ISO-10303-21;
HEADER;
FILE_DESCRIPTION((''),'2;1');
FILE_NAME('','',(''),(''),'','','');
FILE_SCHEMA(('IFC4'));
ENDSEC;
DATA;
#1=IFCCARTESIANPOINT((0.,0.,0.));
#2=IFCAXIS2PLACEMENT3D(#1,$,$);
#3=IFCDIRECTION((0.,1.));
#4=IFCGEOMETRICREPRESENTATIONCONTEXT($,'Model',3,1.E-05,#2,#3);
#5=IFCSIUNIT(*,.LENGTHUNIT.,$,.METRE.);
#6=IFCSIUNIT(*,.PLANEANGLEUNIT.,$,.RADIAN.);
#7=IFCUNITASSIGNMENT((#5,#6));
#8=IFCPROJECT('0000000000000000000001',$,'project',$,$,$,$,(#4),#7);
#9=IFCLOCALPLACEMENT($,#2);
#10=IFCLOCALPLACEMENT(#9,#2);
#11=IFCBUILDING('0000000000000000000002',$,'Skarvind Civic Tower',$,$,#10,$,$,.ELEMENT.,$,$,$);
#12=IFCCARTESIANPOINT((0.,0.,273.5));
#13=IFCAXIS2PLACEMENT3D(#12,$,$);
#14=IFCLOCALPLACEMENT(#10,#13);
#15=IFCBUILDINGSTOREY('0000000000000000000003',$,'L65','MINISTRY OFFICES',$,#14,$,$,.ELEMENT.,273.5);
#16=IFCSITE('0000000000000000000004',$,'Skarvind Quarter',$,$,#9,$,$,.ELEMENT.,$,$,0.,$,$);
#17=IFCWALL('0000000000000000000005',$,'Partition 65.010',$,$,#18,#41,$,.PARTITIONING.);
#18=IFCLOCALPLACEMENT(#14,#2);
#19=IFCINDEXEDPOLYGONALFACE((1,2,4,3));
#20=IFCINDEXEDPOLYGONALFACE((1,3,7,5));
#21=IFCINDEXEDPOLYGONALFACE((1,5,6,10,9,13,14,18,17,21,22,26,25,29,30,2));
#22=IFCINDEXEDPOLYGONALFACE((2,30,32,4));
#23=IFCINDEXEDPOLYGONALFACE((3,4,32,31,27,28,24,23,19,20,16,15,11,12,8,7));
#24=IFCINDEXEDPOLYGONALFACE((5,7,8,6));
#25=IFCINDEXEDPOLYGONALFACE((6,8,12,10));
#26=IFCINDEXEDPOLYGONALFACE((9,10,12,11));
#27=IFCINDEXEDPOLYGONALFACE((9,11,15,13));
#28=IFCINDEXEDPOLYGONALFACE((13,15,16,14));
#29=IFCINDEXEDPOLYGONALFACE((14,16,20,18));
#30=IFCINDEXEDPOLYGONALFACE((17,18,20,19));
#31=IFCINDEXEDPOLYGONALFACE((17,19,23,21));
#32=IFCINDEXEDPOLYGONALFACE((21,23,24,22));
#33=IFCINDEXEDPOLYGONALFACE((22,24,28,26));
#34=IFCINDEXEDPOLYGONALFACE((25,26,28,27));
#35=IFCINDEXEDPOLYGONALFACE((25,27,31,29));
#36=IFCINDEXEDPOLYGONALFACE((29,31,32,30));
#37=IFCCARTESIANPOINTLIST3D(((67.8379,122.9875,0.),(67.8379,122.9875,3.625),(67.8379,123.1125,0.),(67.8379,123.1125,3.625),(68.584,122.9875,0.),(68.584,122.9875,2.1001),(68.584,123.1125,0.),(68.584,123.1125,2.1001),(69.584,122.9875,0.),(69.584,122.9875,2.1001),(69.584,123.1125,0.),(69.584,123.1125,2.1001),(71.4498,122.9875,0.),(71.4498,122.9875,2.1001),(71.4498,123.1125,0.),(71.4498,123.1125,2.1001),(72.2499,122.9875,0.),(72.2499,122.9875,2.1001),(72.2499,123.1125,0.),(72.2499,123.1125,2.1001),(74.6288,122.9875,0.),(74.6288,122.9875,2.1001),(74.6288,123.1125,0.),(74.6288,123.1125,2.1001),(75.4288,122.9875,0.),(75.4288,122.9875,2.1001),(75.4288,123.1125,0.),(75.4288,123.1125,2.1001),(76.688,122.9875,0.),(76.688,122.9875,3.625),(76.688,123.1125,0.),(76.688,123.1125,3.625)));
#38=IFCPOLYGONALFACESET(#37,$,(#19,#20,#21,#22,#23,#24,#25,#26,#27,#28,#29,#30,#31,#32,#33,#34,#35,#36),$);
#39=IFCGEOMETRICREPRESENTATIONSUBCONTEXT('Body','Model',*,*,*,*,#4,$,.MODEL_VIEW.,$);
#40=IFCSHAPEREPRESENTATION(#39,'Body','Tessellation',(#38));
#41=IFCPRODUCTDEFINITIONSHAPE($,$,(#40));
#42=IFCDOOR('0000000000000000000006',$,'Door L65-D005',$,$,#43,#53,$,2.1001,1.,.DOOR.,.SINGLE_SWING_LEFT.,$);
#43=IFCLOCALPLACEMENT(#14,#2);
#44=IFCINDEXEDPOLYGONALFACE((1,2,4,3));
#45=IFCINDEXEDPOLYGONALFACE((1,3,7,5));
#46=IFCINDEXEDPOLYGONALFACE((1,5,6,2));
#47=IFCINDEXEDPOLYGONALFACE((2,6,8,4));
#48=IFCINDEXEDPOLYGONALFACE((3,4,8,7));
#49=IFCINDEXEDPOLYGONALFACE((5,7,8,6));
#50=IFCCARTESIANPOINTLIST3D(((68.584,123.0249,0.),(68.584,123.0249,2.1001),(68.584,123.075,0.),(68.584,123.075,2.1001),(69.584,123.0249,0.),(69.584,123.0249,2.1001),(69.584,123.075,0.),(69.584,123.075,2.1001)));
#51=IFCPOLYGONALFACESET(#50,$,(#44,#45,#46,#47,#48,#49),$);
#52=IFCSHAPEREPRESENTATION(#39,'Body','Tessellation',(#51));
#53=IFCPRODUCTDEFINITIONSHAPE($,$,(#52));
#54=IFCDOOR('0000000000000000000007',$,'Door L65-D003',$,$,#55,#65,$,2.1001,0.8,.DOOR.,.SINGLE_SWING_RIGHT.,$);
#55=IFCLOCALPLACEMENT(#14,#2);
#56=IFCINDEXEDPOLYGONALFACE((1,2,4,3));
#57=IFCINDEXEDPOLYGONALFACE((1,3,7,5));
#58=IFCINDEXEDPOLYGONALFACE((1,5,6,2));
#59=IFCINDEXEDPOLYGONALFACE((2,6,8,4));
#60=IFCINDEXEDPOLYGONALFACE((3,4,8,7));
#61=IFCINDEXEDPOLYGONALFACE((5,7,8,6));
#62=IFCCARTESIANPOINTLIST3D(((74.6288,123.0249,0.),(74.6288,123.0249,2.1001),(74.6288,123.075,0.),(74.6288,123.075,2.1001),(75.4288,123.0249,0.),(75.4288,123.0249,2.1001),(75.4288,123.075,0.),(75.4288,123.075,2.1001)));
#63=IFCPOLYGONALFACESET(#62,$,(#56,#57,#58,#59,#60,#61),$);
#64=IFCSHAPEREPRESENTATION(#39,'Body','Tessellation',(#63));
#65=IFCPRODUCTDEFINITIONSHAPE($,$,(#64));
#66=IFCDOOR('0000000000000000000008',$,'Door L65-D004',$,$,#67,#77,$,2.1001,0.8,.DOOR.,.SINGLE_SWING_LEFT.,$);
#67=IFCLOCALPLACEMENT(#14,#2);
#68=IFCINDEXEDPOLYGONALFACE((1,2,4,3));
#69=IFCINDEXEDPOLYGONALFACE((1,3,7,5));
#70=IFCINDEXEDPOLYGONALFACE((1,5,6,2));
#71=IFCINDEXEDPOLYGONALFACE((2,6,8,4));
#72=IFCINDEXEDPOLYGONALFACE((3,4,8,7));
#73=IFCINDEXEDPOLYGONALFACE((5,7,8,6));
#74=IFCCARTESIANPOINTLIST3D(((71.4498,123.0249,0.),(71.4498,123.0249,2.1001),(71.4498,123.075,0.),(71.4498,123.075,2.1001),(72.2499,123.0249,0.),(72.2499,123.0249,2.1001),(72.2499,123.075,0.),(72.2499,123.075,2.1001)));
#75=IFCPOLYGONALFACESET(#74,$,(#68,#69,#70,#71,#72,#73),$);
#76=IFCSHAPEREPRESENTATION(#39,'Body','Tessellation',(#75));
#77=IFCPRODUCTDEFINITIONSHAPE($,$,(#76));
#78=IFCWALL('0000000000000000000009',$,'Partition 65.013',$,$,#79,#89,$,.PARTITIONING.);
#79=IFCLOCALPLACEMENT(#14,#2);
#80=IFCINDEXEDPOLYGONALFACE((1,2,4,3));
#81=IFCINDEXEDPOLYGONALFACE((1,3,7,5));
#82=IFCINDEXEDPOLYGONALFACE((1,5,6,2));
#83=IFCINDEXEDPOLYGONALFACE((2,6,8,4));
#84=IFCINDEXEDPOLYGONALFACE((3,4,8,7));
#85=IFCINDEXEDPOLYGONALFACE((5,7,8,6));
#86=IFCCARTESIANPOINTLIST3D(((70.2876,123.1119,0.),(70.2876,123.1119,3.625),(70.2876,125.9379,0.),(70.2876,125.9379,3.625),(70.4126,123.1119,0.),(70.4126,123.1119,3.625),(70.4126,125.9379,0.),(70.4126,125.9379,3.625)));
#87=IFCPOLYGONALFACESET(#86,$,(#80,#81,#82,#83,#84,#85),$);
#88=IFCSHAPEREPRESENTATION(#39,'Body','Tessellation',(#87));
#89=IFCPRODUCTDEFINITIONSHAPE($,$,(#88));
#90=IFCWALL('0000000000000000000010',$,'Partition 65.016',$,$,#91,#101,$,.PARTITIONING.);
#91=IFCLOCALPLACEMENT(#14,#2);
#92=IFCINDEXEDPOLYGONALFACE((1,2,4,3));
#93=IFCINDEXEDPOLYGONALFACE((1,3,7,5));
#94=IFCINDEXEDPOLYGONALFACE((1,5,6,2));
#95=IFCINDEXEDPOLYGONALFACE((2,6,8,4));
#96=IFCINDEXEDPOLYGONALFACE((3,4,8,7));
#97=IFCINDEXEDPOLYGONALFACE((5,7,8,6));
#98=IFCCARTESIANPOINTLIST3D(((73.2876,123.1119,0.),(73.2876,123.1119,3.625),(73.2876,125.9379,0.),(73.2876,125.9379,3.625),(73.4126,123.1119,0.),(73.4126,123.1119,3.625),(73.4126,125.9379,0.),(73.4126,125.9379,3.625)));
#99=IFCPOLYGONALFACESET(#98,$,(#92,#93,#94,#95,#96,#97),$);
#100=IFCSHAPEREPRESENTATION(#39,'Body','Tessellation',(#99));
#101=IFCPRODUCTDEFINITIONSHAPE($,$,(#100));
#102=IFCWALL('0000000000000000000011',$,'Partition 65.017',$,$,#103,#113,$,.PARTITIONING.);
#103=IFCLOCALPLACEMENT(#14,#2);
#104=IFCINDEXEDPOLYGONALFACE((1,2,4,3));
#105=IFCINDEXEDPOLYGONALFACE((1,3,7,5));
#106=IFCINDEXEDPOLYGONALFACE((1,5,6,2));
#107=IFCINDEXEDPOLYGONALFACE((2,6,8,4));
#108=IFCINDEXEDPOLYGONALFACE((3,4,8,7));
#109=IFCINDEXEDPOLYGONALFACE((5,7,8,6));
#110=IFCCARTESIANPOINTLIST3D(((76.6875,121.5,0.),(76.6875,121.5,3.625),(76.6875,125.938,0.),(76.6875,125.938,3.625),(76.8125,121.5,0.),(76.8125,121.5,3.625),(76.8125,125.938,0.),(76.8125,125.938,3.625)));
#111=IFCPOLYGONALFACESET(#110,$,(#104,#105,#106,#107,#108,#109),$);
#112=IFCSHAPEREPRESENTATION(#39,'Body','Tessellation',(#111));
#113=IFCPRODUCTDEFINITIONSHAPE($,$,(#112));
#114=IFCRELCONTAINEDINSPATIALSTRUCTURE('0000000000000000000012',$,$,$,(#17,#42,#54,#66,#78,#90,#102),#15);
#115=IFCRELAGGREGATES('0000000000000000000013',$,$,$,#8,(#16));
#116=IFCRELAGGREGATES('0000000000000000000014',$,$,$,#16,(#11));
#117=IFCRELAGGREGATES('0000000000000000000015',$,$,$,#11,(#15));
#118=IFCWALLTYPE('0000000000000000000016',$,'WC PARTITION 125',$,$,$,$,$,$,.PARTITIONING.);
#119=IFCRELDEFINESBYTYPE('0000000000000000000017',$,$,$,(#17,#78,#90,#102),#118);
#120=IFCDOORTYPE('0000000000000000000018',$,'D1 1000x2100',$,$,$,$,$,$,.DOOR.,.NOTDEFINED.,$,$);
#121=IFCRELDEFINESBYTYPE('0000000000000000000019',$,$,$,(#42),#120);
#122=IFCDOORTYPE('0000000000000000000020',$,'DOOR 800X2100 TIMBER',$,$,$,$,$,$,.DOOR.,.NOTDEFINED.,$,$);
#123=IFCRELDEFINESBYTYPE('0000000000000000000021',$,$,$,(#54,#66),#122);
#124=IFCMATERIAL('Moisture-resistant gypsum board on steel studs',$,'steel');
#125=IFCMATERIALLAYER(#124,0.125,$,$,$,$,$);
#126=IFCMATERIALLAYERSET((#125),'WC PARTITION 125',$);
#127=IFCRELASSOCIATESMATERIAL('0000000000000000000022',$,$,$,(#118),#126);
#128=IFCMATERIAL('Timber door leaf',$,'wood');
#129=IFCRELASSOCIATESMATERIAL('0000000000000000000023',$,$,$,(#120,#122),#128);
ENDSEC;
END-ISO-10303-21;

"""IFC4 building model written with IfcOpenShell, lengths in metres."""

from ifc_helpers import new_model, si_unit, direction, frame, frame_2d, origin, place, context, subcontext, project, spatial, rectangle, extrude, material, layer, layer_set, type_object, element, fill, save


model = new_model("IFC4")

# Units and contexts
model_context = context("Model", 3, precision=1e-05, world=origin(), true_north=direction((0.0, 1.0)))
body_context = subcontext(model_context, "Body", "Model", "MODEL_VIEW")
ifc_project = project(units=[si_unit("LENGTHUNIT", "METRE"), si_unit("PLANEANGLEUNIT", "RADIAN")], contexts=[model_context])

# Site, building, storey
site_placement = place(None, origin())
site = spatial("IfcSite", under=ifc_project, at=site_placement, Name="Skarvind Quarter", CompositionType="ELEMENT", RefElevation=0.0)
building_placement = place(site_placement, origin())
building = spatial("IfcBuilding", under=site, at=building_placement, Name="Skarvind Civic Tower", CompositionType="ELEMENT")
storey_placement = place(building_placement, frame((0.0, 0.0, 273.5)))
storey = spatial("IfcBuildingStorey", under=building, at=storey_placement, Name="L65", Description="MINISTRY OFFICES", CompositionType="ELEMENT", Elevation=273.5)

# Wall, openings, doors
ifc_material_1 = material(Name="Moisture-resistant gypsum board on steel studs", Category="steel")
ifc_layer_1 = layer(ifc_material_1, 0.125)
ifc_layer_set_1 = layer_set([ifc_layer_1], Name="WC PARTITION 125")
wall_type_1 = type_object("IfcWallType", Name="WC PARTITION 125", PredefinedType="PARTITIONING", material=ifc_layer_set_1)
wall_1_placement = place(storey_placement, frame((67.8379, 123.05, 0.0), z_axis=(0.0, 0.0, 1.0), x_axis=(1.0, 0.0, 0.0)))
wall_1 = element("IfcWall", 1, at=wall_1_placement, inside=storey, type_object=wall_type_1, Name="Partition 65.010", PredefinedType="PARTITIONING", context=body_context, shape_type="SweptSolid", body=[
    extrude(rectangle(XDim=8.8501, YDim=0.125, at=frame_2d((4.425, 0.0))), origin(), (0.0, 0.0, 1.0), 3.625),
])
opening_1_placement = place(wall_1_placement, frame((6.791, 0.0, 0.0)))
opening_1 = element("IfcOpeningElement", 2, at=opening_1_placement, cuts=wall_1, PredefinedType="OPENING", context=body_context, shape_type="SweptSolid", body=[
    extrude(rectangle(XDim=0.8, YDim=2.1001, at=frame_2d((0.3999, 1.05))), frame((0.0, 0.0725, 0.0), z_axis=(0.0, -1.0, 0.0), x_axis=(1.0, 0.0, 0.0)), (0.0, 0.0, 1.0), 0.145),
])
opening_2_placement = place(wall_1_placement, frame((3.6121, 0.0, 0.0)))
opening_2 = element("IfcOpeningElement", 3, at=opening_2_placement, cuts=wall_1, PredefinedType="OPENING", context=body_context, shape_type="SweptSolid", body=[
    extrude(rectangle(XDim=0.8, YDim=2.1001, at=frame_2d((0.3999, 1.05))), frame((0.0, 0.0725, 0.0), z_axis=(0.0, -1.0, 0.0), x_axis=(1.0, 0.0, 0.0)), (0.0, 0.0, 1.0), 0.145),
])
opening_3_placement = place(wall_1_placement, frame((0.7461, 0.0, 0.0)))
opening_3 = element("IfcOpeningElement", 4, at=opening_3_placement, cuts=wall_1, PredefinedType="OPENING", context=body_context, shape_type="SweptSolid", body=[
    extrude(rectangle(XDim=1.0, YDim=2.1001, at=frame_2d((0.5, 1.05))), frame((0.0, 0.0725, 0.0), z_axis=(0.0, -1.0, 0.0), x_axis=(1.0, 0.0, 0.0)), (0.0, 0.0, 1.0), 0.145),
])
ifc_material_2 = material(Name="Timber door leaf", Category="wood")
door_type_1 = type_object("IfcDoorType", Name="D1 1000x2100", OperationType="NOTDEFINED", PredefinedType="DOOR", material=ifc_material_2)
door_1_placement = place(opening_3_placement, origin())
door_1 = element("IfcDoor", 5, at=door_1_placement, inside=storey, type_object=door_type_1, Name="Door L65-D005", OperationType="SINGLE_SWING_LEFT", OverallHeight=2.1001, OverallWidth=1.0, PredefinedType="DOOR", context=body_context, shape_type="SweptSolid", body=[
    extrude(rectangle(XDim=1.0, YDim=2.1001, at=frame_2d((0.5, 1.05))), frame((0.0, 0.0249, 0.0), z_axis=(0.0, -1.0, 0.0), x_axis=(1.0, 0.0, 0.0)), (0.0, 0.0, 1.0), 0.05),
])
fill(opening_3, door_1)
door_type_2 = type_object("IfcDoorType", Name="DOOR 800X2100 TIMBER", OperationType="NOTDEFINED", PredefinedType="DOOR", material=ifc_material_2)
door_2_placement = place(opening_1_placement, origin())
door_2 = element("IfcDoor", 6, at=door_2_placement, inside=storey, type_object=door_type_2, Name="Door L65-D003", OperationType="SINGLE_SWING_RIGHT", OverallHeight=2.1001, OverallWidth=0.8, PredefinedType="DOOR", context=body_context, shape_type="SweptSolid", body=[
    extrude(rectangle(XDim=0.8, YDim=2.1001, at=frame_2d((0.3999, 1.05))), frame((0.0, 0.0249, 0.0), z_axis=(0.0, -1.0, 0.0), x_axis=(1.0, 0.0, 0.0)), (0.0, 0.0, 1.0), 0.05),
])
fill(opening_1, door_2)
door_3_placement = place(opening_2_placement, origin())
door_3 = element("IfcDoor", 7, at=door_3_placement, inside=storey, type_object=door_type_2, Name="Door L65-D004", OperationType="SINGLE_SWING_LEFT", OverallHeight=2.1001, OverallWidth=0.8, PredefinedType="DOOR", context=body_context, shape_type="SweptSolid", body=[
    extrude(rectangle(XDim=0.8, YDim=2.1001, at=frame_2d((0.3999, 1.05))), frame((0.0, 0.0249, 0.0), z_axis=(0.0, -1.0, 0.0), x_axis=(1.0, 0.0, 0.0)), (0.0, 0.0, 1.0), 0.05),
])
fill(opening_2, door_3)

# Walls
for number, where, z_axis, x_axis, name in (
    (8, (70.3501, 125.938, 0.0), (0.0, 0.0, 1.0), (0.0, -1.0, 0.0), "Partition 65.013"),
    (9, (73.3501, 125.938, 0.0), (0.0, 0.0, 1.0), (0.0, -1.0, 0.0), "Partition 65.016"),
):
    element("IfcWall", number, at=place(storey_placement, frame(where, z_axis=z_axis, x_axis=x_axis)), inside=storey, type_object=wall_type_1, Name=name, PredefinedType="PARTITIONING", context=body_context, shape_type="SweptSolid", body=[
        extrude(rectangle(XDim=2.8259, YDim=0.125, at=frame_2d((1.4131, 0.0))), origin(), (0.0, 0.0, 1.0), 3.625),
    ])
wall_2_placement = place(storey_placement, frame((76.75, 125.938, 0.0), z_axis=(0.0, 0.0, 1.0), x_axis=(0.0, -1.0, 0.0)))
element("IfcWall", 10, at=wall_2_placement, inside=storey, type_object=wall_type_1, Name="Partition 65.017", PredefinedType="PARTITIONING", context=body_context, shape_type="SweptSolid", body=[
    extrude(rectangle(XDim=4.438, YDim=0.125, at=frame_2d((2.219, 0.0))), origin(), (0.0, 0.0, 1.0), 3.625),
])

save(model, "model.ifc")
